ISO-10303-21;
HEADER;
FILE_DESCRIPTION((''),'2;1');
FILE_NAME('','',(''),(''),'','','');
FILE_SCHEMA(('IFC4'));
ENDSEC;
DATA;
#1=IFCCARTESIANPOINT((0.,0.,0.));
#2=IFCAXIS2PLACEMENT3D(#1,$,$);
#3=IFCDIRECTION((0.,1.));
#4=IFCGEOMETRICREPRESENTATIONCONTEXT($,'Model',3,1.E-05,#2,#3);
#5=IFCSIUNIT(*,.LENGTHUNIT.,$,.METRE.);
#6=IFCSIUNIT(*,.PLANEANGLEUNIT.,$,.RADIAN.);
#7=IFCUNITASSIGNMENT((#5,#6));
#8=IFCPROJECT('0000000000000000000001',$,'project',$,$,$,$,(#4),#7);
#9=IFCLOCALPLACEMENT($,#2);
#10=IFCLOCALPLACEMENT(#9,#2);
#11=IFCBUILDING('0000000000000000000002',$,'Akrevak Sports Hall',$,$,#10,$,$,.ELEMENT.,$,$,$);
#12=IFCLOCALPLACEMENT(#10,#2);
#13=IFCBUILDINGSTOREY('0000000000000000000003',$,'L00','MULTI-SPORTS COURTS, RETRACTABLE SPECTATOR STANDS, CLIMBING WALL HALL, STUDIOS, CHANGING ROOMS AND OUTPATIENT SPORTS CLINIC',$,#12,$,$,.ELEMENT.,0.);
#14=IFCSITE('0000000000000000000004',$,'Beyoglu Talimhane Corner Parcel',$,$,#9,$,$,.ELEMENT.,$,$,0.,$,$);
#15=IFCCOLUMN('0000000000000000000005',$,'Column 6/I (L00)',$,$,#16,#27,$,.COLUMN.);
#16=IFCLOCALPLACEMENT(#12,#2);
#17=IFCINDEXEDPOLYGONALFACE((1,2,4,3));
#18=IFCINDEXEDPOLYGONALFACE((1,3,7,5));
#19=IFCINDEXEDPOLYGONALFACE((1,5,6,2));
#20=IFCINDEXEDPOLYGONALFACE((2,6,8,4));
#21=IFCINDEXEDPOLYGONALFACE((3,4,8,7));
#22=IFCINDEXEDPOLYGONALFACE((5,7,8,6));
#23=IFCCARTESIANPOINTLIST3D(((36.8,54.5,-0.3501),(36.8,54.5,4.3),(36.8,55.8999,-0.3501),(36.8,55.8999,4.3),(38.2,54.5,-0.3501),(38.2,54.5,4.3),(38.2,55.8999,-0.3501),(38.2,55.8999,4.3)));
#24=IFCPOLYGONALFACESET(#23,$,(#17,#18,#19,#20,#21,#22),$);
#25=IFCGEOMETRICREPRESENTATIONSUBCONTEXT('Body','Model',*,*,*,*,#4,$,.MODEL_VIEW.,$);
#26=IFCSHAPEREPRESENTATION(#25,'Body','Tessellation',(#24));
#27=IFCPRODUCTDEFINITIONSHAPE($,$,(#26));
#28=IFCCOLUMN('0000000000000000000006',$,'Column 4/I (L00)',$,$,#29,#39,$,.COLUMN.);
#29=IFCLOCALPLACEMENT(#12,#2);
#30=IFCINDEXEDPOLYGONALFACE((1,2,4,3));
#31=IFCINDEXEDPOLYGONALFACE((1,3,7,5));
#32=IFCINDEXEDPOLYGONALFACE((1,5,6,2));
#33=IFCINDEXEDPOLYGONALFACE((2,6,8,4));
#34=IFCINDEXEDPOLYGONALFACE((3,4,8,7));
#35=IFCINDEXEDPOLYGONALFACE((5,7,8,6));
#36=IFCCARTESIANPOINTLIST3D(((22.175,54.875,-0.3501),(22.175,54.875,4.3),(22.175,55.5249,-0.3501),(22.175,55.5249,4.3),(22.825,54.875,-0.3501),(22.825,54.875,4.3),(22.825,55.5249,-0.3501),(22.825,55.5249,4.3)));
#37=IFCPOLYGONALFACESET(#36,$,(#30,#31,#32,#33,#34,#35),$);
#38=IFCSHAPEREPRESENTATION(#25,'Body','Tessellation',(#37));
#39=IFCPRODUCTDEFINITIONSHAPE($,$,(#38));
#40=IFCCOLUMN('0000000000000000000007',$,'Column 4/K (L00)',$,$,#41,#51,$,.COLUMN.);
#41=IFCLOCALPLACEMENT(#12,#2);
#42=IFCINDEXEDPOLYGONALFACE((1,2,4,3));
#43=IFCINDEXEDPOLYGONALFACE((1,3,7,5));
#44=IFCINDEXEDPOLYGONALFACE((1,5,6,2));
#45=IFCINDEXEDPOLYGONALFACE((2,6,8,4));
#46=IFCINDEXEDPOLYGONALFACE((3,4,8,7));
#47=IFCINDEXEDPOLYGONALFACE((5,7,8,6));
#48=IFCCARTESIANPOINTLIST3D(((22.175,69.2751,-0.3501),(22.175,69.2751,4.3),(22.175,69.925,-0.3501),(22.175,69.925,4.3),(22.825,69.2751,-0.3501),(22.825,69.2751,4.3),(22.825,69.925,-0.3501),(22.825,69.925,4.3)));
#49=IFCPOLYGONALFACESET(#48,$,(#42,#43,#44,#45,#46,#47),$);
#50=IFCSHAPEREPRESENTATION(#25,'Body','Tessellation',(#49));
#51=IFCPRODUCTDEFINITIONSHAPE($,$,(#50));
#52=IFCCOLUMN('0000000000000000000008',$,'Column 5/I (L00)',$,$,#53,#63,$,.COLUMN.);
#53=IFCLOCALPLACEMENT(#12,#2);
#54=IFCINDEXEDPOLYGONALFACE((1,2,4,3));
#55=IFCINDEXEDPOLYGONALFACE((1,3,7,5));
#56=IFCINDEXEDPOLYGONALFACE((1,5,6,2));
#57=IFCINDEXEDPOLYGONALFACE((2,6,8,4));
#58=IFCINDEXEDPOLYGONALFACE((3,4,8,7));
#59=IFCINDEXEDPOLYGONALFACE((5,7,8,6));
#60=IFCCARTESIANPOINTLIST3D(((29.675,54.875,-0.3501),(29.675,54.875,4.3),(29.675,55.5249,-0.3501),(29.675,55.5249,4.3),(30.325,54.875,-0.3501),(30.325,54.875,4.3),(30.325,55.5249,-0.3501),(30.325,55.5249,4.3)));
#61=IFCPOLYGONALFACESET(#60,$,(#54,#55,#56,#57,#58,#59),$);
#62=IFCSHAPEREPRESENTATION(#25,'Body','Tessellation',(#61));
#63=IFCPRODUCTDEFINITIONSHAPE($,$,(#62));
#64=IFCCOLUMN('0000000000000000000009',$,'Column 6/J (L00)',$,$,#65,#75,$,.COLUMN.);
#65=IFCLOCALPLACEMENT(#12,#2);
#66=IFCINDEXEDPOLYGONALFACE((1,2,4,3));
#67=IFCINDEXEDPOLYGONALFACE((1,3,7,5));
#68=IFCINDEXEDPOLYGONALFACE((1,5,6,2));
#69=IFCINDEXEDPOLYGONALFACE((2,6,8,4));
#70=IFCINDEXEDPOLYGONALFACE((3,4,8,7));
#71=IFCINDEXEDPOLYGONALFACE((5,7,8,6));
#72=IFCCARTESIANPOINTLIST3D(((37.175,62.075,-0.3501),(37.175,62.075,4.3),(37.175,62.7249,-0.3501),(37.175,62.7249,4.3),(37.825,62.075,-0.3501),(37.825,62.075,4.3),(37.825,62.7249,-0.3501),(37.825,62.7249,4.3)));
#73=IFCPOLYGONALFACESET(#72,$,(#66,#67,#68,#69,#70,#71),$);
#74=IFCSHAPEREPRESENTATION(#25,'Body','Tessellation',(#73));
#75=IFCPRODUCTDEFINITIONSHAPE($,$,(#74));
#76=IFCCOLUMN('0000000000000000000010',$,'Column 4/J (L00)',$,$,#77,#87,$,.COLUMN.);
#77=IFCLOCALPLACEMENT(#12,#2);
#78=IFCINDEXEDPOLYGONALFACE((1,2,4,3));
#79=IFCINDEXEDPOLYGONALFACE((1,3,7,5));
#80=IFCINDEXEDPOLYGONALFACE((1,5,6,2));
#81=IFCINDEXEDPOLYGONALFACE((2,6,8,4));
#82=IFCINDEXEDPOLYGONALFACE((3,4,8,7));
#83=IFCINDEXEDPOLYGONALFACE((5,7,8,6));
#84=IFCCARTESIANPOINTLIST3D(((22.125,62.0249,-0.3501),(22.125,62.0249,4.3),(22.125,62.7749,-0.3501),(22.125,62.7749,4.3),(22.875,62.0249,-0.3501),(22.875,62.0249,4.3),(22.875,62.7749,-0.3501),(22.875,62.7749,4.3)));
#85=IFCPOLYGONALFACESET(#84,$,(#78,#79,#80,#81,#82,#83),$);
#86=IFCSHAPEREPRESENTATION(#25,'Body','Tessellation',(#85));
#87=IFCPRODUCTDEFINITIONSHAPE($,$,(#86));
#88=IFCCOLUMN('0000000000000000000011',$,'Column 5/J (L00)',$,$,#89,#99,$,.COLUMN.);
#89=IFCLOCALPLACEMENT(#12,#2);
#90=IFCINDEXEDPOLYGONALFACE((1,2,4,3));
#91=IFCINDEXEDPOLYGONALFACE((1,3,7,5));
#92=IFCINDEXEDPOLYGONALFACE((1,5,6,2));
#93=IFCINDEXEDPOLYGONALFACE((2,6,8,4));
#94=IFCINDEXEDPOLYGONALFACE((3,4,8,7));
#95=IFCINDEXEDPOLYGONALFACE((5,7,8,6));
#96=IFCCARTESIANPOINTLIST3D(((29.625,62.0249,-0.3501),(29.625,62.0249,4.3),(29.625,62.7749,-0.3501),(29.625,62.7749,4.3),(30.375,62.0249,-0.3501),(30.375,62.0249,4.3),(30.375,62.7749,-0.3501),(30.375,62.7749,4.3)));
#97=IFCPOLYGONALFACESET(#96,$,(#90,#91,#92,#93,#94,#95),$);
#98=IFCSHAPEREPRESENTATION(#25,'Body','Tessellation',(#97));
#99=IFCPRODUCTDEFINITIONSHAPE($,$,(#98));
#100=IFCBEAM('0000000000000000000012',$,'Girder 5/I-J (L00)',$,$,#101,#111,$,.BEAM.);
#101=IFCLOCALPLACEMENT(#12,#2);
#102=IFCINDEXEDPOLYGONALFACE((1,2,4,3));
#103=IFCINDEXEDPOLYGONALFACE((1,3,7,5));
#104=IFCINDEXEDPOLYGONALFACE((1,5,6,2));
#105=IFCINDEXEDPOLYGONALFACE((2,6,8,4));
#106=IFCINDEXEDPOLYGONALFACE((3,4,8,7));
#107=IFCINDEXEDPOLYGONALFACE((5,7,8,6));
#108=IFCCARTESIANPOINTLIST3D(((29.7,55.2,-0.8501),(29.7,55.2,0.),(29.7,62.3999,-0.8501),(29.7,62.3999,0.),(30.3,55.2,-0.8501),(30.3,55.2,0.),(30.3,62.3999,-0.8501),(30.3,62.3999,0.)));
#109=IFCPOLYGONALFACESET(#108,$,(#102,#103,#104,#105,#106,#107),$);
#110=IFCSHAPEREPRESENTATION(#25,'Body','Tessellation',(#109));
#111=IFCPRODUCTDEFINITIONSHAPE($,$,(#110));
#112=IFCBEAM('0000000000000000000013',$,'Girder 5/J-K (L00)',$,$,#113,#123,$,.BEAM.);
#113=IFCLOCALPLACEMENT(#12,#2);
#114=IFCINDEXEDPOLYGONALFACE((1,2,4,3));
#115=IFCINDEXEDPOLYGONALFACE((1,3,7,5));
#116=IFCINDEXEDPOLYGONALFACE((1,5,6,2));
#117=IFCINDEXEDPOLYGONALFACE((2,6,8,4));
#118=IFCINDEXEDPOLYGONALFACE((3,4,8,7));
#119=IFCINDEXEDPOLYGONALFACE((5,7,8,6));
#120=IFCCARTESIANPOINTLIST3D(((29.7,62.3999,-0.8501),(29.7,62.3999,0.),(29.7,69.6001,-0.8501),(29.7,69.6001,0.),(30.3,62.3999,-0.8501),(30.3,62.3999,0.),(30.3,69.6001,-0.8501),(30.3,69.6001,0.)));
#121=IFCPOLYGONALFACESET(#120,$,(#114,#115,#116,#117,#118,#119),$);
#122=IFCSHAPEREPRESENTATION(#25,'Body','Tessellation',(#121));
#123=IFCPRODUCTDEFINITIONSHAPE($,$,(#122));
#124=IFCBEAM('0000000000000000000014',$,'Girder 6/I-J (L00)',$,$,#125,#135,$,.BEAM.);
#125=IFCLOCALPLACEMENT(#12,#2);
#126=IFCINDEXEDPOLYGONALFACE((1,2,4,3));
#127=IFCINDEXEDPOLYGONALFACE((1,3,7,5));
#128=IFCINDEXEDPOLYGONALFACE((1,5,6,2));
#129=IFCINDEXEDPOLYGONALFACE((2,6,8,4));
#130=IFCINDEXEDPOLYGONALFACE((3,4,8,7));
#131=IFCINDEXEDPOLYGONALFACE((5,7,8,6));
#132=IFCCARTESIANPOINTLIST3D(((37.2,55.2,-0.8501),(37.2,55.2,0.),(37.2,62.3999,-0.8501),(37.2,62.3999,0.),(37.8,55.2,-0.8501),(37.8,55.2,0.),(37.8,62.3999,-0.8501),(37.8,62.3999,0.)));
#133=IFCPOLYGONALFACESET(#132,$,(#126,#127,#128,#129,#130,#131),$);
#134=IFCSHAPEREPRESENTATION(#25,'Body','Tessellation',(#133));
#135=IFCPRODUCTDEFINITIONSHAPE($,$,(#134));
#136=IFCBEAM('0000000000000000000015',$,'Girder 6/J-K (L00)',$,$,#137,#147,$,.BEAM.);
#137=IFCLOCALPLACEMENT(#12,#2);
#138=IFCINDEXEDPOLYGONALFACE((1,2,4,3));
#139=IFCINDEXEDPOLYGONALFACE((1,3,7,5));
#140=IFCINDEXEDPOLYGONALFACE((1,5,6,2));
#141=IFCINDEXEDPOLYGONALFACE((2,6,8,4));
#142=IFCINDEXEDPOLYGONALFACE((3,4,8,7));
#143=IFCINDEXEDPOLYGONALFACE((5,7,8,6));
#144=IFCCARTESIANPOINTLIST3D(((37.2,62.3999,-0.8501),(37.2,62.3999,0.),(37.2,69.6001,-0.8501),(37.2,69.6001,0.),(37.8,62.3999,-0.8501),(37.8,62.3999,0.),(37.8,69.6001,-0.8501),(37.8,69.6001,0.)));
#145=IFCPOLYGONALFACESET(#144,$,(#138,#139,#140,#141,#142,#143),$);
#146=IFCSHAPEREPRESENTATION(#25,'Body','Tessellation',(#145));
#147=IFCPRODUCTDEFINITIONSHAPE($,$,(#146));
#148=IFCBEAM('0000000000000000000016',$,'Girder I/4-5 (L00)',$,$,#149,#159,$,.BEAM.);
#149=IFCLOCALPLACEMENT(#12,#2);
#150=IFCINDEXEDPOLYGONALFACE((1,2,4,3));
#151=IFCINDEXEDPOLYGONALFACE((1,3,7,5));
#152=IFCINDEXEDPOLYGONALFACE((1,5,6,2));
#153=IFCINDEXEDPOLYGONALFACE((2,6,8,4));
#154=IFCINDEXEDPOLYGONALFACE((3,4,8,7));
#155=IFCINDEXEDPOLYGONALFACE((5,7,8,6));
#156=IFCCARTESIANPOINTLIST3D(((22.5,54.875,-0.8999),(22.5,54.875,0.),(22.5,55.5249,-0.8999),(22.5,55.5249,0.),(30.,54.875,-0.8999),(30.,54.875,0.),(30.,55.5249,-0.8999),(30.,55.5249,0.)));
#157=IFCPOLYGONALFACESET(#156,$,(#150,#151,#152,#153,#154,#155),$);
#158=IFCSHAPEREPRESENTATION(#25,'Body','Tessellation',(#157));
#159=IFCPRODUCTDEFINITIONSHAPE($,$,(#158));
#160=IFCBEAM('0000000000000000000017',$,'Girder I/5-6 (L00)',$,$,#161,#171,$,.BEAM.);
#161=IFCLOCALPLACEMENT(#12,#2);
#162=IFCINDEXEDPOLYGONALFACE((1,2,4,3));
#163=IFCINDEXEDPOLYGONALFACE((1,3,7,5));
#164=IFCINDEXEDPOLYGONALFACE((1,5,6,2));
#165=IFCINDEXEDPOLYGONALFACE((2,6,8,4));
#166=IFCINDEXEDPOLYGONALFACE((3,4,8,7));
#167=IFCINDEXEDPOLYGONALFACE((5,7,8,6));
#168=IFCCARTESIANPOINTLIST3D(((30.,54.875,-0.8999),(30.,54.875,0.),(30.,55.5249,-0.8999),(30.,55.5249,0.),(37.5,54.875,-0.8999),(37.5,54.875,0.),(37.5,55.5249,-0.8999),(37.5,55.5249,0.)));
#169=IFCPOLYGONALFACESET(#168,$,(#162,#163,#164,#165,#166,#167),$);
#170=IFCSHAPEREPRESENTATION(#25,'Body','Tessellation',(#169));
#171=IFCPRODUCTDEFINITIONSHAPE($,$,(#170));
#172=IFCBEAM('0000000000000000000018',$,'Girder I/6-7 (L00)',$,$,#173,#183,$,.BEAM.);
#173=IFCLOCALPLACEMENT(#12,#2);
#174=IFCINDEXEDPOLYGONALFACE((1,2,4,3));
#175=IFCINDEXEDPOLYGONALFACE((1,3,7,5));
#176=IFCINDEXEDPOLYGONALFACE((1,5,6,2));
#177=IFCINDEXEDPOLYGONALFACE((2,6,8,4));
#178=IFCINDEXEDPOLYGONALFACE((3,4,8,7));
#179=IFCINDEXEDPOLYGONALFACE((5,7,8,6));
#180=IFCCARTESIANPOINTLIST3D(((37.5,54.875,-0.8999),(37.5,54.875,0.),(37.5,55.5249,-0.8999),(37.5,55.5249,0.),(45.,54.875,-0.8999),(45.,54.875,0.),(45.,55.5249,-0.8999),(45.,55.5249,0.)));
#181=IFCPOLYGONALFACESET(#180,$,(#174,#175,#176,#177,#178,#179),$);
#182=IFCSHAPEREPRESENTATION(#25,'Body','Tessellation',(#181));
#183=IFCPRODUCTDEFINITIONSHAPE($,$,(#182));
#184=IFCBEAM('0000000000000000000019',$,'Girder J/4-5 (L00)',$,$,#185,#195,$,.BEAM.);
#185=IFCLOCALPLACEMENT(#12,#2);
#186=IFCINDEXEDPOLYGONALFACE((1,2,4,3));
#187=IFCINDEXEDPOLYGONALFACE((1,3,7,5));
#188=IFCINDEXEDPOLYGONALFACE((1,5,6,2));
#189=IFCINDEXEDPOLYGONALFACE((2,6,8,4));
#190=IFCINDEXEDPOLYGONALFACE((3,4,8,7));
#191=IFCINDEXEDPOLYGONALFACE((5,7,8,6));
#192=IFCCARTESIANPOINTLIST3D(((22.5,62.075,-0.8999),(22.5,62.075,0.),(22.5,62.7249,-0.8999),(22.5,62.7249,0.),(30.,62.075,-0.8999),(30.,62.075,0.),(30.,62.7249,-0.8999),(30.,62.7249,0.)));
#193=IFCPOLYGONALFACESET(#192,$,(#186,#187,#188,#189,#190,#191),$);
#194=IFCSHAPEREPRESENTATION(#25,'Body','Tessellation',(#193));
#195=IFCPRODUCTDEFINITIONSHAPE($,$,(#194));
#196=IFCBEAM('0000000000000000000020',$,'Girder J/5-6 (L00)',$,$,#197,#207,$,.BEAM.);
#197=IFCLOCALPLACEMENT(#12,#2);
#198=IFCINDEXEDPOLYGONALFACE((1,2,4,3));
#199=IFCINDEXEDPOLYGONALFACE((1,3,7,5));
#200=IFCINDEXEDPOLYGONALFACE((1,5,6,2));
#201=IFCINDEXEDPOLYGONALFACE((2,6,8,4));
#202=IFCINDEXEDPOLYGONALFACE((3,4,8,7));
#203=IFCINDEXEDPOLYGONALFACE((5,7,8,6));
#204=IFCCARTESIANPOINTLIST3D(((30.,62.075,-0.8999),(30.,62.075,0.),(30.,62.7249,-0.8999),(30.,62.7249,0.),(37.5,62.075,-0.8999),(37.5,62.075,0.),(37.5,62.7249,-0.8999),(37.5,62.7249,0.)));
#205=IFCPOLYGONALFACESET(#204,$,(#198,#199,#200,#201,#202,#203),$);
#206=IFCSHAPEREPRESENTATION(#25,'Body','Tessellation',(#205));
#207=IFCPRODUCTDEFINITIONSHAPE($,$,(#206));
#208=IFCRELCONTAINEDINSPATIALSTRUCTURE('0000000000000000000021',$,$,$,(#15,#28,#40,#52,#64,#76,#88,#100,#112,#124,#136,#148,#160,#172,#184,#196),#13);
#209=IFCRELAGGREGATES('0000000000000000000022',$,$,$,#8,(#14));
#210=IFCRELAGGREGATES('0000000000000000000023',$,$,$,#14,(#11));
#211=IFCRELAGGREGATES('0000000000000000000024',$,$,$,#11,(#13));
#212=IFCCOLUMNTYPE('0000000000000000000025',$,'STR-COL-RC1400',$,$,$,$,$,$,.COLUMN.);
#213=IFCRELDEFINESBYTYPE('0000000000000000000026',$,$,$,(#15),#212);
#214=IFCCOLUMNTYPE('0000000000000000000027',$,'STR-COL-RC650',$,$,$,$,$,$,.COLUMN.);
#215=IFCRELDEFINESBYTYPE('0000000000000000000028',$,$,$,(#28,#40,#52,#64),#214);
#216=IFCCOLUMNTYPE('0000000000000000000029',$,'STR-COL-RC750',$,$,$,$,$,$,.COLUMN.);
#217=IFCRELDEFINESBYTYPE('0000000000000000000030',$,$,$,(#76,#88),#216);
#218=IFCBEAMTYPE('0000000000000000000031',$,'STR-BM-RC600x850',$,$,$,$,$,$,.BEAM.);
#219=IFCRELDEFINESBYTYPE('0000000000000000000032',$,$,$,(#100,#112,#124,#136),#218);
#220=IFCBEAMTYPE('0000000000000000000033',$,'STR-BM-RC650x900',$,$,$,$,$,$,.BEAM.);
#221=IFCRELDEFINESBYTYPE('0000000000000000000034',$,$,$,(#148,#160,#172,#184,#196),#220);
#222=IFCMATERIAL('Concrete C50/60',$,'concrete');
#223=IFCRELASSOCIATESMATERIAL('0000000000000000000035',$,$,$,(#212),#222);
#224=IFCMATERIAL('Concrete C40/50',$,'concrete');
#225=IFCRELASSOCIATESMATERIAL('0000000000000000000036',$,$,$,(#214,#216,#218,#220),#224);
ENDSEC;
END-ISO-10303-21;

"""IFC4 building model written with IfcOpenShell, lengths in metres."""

from ifc_helpers import new_model, si_unit, direction, frame, origin, origin_2d, place, context, subcontext, project, spatial, rectangle, extrude, material, material_profile, profile_set, type_object, element, save


model = new_model("IFC4")

# Units and contexts
model_context = context("Model", 3, precision=1e-05, world=origin(), true_north=direction((0.0, 1.0)))
body_context = subcontext(model_context, "Body", "Model", "MODEL_VIEW")
ifc_project = project(units=[si_unit("LENGTHUNIT", "METRE"), si_unit("PLANEANGLEUNIT", "RADIAN")], contexts=[model_context])

# Site, building, storey
site_placement = place(None, origin())
site = spatial("IfcSite", under=ifc_project, at=site_placement, Name="Beyoglu Talimhane Corner Parcel", CompositionType="ELEMENT", RefElevation=0.0)
building_placement = place(site_placement, origin())
building = spatial("IfcBuilding", under=site, at=building_placement, Name="Akrevak Sports Hall", CompositionType="ELEMENT")
storey_placement = place(building_placement, origin())
storey = spatial("IfcBuildingStorey", under=building, at=storey_placement, Name="L00", Description="MULTI-SPORTS COURTS, RETRACTABLE SPECTATOR STANDS, CLIMBING WALL HALL, STUDIOS, CHANGING ROOMS AND OUTPATIENT SPORTS CLINIC", CompositionType="ELEMENT", Elevation=0.0)

# Columns
ifc_material_1 = material(Name="Concrete C50/60", Category="concrete")
ifc_material_profile_1 = material_profile(ifc_material_1, rectangle(XDim=1.3999, YDim=1.3999, at=origin_2d()), Name="RC 1400x1400", Category="concrete")
ifc_profile_set_1 = profile_set([ifc_material_profile_1], Name="Concrete C50/60")
column_type_1 = type_object("IfcColumnType", Name="STR-COL-RC1400", PredefinedType="COLUMN", material=ifc_profile_set_1)
column_placement = place(storey_placement, frame((37.5, 55.2, -0.3501), z_axis=(0.0, 0.0, 1.0), x_axis=(1.0, 0.0, 0.0)))
element("IfcColumn", 1, at=column_placement, inside=storey, type_object=column_type_1, Name="Column 6/I (L00)", PredefinedType="COLUMN", context=body_context, shape_type="SweptSolid", body=[
    extrude(rectangle(XDim=1.3999, YDim=1.3999, at=origin_2d()), origin(), (0.0, 0.0, 1.0), 4.6501),
])
ifc_material_2 = material(Name="Concrete C40/50", Category="concrete")
ifc_material_profile_2 = material_profile(ifc_material_2, rectangle(XDim=0.6499, YDim=0.6499, at=origin_2d()), Name="RC 650x650", Category="concrete")
ifc_profile_set_2 = profile_set([ifc_material_profile_2], Name="Concrete C40/50")
column_type_2 = type_object("IfcColumnType", Name="STR-COL-RC650", PredefinedType="COLUMN", material=ifc_profile_set_2)
for number, where, z_axis, x_axis, name in (
    (2, (22.5, 55.2, -0.3501), (0.0, 0.0, 1.0), (1.0, 0.0, 0.0), "Column 4/I (L00)"),
    (3, (22.5, 69.6001, -0.3501), (0.0, 0.0, 1.0), (1.0, 0.0, 0.0), "Column 4/K (L00)"),
    (4, (30.0, 55.2, -0.3501), (0.0, 0.0, 1.0), (1.0, 0.0, 0.0), "Column 5/I (L00)"),
    (5, (37.5, 62.3999, -0.3501), (0.0, 0.0, 1.0), (1.0, 0.0, 0.0), "Column 6/J (L00)"),
):
    element("IfcColumn", number, at=place(storey_placement, frame(where, z_axis=z_axis, x_axis=x_axis)), inside=storey, type_object=column_type_2, Name=name, PredefinedType="COLUMN", context=body_context, shape_type="SweptSolid", body=[
        extrude(rectangle(XDim=0.6499, YDim=0.6499, at=origin_2d()), origin(), (0.0, 0.0, 1.0), 4.6501),
    ])
ifc_material_profile_3 = material_profile(ifc_material_2, rectangle(XDim=0.75, YDim=0.75, at=origin_2d()), Name="RC 750x750", Category="concrete")
ifc_profile_set_3 = profile_set([ifc_material_profile_3], Name="Concrete C40/50")
column_type_3 = type_object("IfcColumnType", Name="STR-COL-RC750", PredefinedType="COLUMN", material=ifc_profile_set_3)
for number, where, z_axis, x_axis, name in (
    (6, (22.5, 62.3999, -0.3501), (0.0, 0.0, 1.0), (1.0, 0.0, 0.0), "Column 4/J (L00)"),
    (7, (30.0, 62.3999, -0.3501), (0.0, 0.0, 1.0), (1.0, 0.0, 0.0), "Column 5/J (L00)"),
):
    element("IfcColumn", number, at=place(storey_placement, frame(where, z_axis=z_axis, x_axis=x_axis)), inside=storey, type_object=column_type_3, Name=name, PredefinedType="COLUMN", context=body_context, shape_type="SweptSolid", body=[
        extrude(rectangle(XDim=0.75, YDim=0.75, at=origin_2d()), origin(), (0.0, 0.0, 1.0), 4.6501),
    ])

# Beams
ifc_material_profile_4 = material_profile(ifc_material_2, rectangle(XDim=0.6001, YDim=0.8501, at=origin_2d()), Name="BM 600x850", Category="concrete")
ifc_profile_set_4 = profile_set([ifc_material_profile_4], Name="Concrete C40/50")
beam_type_1 = type_object("IfcBeamType", Name="STR-BM-RC600x850", PredefinedType="BEAM", material=ifc_profile_set_4)
beam_1_placement = place(storey_placement, frame((30.0, 55.2, -0.425), z_axis=(0.0, 1.0, 0.0), x_axis=(-1.0, 0.0, 0.0)))
element("IfcBeam", 8, at=beam_1_placement, inside=storey, type_object=beam_type_1, Name="Girder 5/I-J (L00)", PredefinedType="BEAM", context=body_context, shape_type="SweptSolid", body=[
    extrude(rectangle(XDim=0.6001, YDim=0.8501, at=origin_2d()), origin(), (0.0, 0.0, 1.0), 7.2),
])
beam_2_placement = place(storey_placement, frame((30.0, 62.3999, -0.425), z_axis=(0.0, 1.0, 0.0), x_axis=(-1.0, 0.0, 0.0)))
element("IfcBeam", 9, at=beam_2_placement, inside=storey, type_object=beam_type_1, Name="Girder 5/J-K (L00)", PredefinedType="BEAM", context=body_context, shape_type="SweptSolid", body=[
    extrude(rectangle(XDim=0.6001, YDim=0.8501, at=origin_2d()), origin(), (0.0, 0.0, 1.0), 7.2002),
])
beam_3_placement = place(storey_placement, frame((37.5, 55.2, -0.425), z_axis=(0.0, 1.0, 0.0), x_axis=(-1.0, 0.0, 0.0)))
element("IfcBeam", 10, at=beam_3_placement, inside=storey, type_object=beam_type_1, Name="Girder 6/I-J (L00)", PredefinedType="BEAM", context=body_context, shape_type="SweptSolid", body=[
    extrude(rectangle(XDim=0.6001, YDim=0.8501, at=origin_2d()), origin(), (0.0, 0.0, 1.0), 7.2),
])
beam_4_placement = place(storey_placement, frame((37.5, 62.3999, -0.425), z_axis=(0.0, 1.0, 0.0), x_axis=(-1.0, 0.0, 0.0)))
element("IfcBeam", 11, at=beam_4_placement, inside=storey, type_object=beam_type_1, Name="Girder 6/J-K (L00)", PredefinedType="BEAM", context=body_context, shape_type="SweptSolid", body=[
    extrude(rectangle(XDim=0.6001, YDim=0.8501, at=origin_2d()), origin(), (0.0, 0.0, 1.0), 7.2002),
])
ifc_material_profile_5 = material_profile(ifc_material_2, rectangle(XDim=0.6499, YDim=0.8999, at=origin_2d()), Name="BM 650x900", Category="concrete")
ifc_profile_set_5 = profile_set([ifc_material_profile_5], Name="Concrete C40/50")
beam_type_2 = type_object("IfcBeamType", Name="STR-BM-RC650x900", PredefinedType="BEAM", material=ifc_profile_set_5)
for number, where, z_axis, x_axis, name in (
    (12, (22.5, 55.2, -0.45), (1.0, 0.0, 0.0), (0.0, 1.0, 0.0), "Girder I/4-5 (L00)"),
    (13, (30.0, 55.2, -0.45), (1.0, 0.0, 0.0), (0.0, 1.0, 0.0), "Girder I/5-6 (L00)"),
    (14, (37.5, 55.2, -0.45), (1.0, 0.0, 0.0), (0.0, 1.0, 0.0), "Girder I/6-7 (L00)"),
    (15, (22.5, 62.3999, -0.45), (1.0, 0.0, 0.0), (0.0, 1.0, 0.0), "Girder J/4-5 (L00)"),
    (16, (30.0, 62.3999, -0.45), (1.0, 0.0, 0.0), (0.0, 1.0, 0.0), "Girder J/5-6 (L00)"),
):
    element("IfcBeam", number, at=place(storey_placement, frame(where, z_axis=z_axis, x_axis=x_axis)), inside=storey, type_object=beam_type_2, Name=name, PredefinedType="BEAM", context=body_context, shape_type="SweptSolid", body=[
        extrude(rectangle(XDim=0.6499, YDim=0.8999, at=origin_2d()), origin(), (0.0, 0.0, 1.0), 7.5),
    ])

save(model, "model.ifc")
